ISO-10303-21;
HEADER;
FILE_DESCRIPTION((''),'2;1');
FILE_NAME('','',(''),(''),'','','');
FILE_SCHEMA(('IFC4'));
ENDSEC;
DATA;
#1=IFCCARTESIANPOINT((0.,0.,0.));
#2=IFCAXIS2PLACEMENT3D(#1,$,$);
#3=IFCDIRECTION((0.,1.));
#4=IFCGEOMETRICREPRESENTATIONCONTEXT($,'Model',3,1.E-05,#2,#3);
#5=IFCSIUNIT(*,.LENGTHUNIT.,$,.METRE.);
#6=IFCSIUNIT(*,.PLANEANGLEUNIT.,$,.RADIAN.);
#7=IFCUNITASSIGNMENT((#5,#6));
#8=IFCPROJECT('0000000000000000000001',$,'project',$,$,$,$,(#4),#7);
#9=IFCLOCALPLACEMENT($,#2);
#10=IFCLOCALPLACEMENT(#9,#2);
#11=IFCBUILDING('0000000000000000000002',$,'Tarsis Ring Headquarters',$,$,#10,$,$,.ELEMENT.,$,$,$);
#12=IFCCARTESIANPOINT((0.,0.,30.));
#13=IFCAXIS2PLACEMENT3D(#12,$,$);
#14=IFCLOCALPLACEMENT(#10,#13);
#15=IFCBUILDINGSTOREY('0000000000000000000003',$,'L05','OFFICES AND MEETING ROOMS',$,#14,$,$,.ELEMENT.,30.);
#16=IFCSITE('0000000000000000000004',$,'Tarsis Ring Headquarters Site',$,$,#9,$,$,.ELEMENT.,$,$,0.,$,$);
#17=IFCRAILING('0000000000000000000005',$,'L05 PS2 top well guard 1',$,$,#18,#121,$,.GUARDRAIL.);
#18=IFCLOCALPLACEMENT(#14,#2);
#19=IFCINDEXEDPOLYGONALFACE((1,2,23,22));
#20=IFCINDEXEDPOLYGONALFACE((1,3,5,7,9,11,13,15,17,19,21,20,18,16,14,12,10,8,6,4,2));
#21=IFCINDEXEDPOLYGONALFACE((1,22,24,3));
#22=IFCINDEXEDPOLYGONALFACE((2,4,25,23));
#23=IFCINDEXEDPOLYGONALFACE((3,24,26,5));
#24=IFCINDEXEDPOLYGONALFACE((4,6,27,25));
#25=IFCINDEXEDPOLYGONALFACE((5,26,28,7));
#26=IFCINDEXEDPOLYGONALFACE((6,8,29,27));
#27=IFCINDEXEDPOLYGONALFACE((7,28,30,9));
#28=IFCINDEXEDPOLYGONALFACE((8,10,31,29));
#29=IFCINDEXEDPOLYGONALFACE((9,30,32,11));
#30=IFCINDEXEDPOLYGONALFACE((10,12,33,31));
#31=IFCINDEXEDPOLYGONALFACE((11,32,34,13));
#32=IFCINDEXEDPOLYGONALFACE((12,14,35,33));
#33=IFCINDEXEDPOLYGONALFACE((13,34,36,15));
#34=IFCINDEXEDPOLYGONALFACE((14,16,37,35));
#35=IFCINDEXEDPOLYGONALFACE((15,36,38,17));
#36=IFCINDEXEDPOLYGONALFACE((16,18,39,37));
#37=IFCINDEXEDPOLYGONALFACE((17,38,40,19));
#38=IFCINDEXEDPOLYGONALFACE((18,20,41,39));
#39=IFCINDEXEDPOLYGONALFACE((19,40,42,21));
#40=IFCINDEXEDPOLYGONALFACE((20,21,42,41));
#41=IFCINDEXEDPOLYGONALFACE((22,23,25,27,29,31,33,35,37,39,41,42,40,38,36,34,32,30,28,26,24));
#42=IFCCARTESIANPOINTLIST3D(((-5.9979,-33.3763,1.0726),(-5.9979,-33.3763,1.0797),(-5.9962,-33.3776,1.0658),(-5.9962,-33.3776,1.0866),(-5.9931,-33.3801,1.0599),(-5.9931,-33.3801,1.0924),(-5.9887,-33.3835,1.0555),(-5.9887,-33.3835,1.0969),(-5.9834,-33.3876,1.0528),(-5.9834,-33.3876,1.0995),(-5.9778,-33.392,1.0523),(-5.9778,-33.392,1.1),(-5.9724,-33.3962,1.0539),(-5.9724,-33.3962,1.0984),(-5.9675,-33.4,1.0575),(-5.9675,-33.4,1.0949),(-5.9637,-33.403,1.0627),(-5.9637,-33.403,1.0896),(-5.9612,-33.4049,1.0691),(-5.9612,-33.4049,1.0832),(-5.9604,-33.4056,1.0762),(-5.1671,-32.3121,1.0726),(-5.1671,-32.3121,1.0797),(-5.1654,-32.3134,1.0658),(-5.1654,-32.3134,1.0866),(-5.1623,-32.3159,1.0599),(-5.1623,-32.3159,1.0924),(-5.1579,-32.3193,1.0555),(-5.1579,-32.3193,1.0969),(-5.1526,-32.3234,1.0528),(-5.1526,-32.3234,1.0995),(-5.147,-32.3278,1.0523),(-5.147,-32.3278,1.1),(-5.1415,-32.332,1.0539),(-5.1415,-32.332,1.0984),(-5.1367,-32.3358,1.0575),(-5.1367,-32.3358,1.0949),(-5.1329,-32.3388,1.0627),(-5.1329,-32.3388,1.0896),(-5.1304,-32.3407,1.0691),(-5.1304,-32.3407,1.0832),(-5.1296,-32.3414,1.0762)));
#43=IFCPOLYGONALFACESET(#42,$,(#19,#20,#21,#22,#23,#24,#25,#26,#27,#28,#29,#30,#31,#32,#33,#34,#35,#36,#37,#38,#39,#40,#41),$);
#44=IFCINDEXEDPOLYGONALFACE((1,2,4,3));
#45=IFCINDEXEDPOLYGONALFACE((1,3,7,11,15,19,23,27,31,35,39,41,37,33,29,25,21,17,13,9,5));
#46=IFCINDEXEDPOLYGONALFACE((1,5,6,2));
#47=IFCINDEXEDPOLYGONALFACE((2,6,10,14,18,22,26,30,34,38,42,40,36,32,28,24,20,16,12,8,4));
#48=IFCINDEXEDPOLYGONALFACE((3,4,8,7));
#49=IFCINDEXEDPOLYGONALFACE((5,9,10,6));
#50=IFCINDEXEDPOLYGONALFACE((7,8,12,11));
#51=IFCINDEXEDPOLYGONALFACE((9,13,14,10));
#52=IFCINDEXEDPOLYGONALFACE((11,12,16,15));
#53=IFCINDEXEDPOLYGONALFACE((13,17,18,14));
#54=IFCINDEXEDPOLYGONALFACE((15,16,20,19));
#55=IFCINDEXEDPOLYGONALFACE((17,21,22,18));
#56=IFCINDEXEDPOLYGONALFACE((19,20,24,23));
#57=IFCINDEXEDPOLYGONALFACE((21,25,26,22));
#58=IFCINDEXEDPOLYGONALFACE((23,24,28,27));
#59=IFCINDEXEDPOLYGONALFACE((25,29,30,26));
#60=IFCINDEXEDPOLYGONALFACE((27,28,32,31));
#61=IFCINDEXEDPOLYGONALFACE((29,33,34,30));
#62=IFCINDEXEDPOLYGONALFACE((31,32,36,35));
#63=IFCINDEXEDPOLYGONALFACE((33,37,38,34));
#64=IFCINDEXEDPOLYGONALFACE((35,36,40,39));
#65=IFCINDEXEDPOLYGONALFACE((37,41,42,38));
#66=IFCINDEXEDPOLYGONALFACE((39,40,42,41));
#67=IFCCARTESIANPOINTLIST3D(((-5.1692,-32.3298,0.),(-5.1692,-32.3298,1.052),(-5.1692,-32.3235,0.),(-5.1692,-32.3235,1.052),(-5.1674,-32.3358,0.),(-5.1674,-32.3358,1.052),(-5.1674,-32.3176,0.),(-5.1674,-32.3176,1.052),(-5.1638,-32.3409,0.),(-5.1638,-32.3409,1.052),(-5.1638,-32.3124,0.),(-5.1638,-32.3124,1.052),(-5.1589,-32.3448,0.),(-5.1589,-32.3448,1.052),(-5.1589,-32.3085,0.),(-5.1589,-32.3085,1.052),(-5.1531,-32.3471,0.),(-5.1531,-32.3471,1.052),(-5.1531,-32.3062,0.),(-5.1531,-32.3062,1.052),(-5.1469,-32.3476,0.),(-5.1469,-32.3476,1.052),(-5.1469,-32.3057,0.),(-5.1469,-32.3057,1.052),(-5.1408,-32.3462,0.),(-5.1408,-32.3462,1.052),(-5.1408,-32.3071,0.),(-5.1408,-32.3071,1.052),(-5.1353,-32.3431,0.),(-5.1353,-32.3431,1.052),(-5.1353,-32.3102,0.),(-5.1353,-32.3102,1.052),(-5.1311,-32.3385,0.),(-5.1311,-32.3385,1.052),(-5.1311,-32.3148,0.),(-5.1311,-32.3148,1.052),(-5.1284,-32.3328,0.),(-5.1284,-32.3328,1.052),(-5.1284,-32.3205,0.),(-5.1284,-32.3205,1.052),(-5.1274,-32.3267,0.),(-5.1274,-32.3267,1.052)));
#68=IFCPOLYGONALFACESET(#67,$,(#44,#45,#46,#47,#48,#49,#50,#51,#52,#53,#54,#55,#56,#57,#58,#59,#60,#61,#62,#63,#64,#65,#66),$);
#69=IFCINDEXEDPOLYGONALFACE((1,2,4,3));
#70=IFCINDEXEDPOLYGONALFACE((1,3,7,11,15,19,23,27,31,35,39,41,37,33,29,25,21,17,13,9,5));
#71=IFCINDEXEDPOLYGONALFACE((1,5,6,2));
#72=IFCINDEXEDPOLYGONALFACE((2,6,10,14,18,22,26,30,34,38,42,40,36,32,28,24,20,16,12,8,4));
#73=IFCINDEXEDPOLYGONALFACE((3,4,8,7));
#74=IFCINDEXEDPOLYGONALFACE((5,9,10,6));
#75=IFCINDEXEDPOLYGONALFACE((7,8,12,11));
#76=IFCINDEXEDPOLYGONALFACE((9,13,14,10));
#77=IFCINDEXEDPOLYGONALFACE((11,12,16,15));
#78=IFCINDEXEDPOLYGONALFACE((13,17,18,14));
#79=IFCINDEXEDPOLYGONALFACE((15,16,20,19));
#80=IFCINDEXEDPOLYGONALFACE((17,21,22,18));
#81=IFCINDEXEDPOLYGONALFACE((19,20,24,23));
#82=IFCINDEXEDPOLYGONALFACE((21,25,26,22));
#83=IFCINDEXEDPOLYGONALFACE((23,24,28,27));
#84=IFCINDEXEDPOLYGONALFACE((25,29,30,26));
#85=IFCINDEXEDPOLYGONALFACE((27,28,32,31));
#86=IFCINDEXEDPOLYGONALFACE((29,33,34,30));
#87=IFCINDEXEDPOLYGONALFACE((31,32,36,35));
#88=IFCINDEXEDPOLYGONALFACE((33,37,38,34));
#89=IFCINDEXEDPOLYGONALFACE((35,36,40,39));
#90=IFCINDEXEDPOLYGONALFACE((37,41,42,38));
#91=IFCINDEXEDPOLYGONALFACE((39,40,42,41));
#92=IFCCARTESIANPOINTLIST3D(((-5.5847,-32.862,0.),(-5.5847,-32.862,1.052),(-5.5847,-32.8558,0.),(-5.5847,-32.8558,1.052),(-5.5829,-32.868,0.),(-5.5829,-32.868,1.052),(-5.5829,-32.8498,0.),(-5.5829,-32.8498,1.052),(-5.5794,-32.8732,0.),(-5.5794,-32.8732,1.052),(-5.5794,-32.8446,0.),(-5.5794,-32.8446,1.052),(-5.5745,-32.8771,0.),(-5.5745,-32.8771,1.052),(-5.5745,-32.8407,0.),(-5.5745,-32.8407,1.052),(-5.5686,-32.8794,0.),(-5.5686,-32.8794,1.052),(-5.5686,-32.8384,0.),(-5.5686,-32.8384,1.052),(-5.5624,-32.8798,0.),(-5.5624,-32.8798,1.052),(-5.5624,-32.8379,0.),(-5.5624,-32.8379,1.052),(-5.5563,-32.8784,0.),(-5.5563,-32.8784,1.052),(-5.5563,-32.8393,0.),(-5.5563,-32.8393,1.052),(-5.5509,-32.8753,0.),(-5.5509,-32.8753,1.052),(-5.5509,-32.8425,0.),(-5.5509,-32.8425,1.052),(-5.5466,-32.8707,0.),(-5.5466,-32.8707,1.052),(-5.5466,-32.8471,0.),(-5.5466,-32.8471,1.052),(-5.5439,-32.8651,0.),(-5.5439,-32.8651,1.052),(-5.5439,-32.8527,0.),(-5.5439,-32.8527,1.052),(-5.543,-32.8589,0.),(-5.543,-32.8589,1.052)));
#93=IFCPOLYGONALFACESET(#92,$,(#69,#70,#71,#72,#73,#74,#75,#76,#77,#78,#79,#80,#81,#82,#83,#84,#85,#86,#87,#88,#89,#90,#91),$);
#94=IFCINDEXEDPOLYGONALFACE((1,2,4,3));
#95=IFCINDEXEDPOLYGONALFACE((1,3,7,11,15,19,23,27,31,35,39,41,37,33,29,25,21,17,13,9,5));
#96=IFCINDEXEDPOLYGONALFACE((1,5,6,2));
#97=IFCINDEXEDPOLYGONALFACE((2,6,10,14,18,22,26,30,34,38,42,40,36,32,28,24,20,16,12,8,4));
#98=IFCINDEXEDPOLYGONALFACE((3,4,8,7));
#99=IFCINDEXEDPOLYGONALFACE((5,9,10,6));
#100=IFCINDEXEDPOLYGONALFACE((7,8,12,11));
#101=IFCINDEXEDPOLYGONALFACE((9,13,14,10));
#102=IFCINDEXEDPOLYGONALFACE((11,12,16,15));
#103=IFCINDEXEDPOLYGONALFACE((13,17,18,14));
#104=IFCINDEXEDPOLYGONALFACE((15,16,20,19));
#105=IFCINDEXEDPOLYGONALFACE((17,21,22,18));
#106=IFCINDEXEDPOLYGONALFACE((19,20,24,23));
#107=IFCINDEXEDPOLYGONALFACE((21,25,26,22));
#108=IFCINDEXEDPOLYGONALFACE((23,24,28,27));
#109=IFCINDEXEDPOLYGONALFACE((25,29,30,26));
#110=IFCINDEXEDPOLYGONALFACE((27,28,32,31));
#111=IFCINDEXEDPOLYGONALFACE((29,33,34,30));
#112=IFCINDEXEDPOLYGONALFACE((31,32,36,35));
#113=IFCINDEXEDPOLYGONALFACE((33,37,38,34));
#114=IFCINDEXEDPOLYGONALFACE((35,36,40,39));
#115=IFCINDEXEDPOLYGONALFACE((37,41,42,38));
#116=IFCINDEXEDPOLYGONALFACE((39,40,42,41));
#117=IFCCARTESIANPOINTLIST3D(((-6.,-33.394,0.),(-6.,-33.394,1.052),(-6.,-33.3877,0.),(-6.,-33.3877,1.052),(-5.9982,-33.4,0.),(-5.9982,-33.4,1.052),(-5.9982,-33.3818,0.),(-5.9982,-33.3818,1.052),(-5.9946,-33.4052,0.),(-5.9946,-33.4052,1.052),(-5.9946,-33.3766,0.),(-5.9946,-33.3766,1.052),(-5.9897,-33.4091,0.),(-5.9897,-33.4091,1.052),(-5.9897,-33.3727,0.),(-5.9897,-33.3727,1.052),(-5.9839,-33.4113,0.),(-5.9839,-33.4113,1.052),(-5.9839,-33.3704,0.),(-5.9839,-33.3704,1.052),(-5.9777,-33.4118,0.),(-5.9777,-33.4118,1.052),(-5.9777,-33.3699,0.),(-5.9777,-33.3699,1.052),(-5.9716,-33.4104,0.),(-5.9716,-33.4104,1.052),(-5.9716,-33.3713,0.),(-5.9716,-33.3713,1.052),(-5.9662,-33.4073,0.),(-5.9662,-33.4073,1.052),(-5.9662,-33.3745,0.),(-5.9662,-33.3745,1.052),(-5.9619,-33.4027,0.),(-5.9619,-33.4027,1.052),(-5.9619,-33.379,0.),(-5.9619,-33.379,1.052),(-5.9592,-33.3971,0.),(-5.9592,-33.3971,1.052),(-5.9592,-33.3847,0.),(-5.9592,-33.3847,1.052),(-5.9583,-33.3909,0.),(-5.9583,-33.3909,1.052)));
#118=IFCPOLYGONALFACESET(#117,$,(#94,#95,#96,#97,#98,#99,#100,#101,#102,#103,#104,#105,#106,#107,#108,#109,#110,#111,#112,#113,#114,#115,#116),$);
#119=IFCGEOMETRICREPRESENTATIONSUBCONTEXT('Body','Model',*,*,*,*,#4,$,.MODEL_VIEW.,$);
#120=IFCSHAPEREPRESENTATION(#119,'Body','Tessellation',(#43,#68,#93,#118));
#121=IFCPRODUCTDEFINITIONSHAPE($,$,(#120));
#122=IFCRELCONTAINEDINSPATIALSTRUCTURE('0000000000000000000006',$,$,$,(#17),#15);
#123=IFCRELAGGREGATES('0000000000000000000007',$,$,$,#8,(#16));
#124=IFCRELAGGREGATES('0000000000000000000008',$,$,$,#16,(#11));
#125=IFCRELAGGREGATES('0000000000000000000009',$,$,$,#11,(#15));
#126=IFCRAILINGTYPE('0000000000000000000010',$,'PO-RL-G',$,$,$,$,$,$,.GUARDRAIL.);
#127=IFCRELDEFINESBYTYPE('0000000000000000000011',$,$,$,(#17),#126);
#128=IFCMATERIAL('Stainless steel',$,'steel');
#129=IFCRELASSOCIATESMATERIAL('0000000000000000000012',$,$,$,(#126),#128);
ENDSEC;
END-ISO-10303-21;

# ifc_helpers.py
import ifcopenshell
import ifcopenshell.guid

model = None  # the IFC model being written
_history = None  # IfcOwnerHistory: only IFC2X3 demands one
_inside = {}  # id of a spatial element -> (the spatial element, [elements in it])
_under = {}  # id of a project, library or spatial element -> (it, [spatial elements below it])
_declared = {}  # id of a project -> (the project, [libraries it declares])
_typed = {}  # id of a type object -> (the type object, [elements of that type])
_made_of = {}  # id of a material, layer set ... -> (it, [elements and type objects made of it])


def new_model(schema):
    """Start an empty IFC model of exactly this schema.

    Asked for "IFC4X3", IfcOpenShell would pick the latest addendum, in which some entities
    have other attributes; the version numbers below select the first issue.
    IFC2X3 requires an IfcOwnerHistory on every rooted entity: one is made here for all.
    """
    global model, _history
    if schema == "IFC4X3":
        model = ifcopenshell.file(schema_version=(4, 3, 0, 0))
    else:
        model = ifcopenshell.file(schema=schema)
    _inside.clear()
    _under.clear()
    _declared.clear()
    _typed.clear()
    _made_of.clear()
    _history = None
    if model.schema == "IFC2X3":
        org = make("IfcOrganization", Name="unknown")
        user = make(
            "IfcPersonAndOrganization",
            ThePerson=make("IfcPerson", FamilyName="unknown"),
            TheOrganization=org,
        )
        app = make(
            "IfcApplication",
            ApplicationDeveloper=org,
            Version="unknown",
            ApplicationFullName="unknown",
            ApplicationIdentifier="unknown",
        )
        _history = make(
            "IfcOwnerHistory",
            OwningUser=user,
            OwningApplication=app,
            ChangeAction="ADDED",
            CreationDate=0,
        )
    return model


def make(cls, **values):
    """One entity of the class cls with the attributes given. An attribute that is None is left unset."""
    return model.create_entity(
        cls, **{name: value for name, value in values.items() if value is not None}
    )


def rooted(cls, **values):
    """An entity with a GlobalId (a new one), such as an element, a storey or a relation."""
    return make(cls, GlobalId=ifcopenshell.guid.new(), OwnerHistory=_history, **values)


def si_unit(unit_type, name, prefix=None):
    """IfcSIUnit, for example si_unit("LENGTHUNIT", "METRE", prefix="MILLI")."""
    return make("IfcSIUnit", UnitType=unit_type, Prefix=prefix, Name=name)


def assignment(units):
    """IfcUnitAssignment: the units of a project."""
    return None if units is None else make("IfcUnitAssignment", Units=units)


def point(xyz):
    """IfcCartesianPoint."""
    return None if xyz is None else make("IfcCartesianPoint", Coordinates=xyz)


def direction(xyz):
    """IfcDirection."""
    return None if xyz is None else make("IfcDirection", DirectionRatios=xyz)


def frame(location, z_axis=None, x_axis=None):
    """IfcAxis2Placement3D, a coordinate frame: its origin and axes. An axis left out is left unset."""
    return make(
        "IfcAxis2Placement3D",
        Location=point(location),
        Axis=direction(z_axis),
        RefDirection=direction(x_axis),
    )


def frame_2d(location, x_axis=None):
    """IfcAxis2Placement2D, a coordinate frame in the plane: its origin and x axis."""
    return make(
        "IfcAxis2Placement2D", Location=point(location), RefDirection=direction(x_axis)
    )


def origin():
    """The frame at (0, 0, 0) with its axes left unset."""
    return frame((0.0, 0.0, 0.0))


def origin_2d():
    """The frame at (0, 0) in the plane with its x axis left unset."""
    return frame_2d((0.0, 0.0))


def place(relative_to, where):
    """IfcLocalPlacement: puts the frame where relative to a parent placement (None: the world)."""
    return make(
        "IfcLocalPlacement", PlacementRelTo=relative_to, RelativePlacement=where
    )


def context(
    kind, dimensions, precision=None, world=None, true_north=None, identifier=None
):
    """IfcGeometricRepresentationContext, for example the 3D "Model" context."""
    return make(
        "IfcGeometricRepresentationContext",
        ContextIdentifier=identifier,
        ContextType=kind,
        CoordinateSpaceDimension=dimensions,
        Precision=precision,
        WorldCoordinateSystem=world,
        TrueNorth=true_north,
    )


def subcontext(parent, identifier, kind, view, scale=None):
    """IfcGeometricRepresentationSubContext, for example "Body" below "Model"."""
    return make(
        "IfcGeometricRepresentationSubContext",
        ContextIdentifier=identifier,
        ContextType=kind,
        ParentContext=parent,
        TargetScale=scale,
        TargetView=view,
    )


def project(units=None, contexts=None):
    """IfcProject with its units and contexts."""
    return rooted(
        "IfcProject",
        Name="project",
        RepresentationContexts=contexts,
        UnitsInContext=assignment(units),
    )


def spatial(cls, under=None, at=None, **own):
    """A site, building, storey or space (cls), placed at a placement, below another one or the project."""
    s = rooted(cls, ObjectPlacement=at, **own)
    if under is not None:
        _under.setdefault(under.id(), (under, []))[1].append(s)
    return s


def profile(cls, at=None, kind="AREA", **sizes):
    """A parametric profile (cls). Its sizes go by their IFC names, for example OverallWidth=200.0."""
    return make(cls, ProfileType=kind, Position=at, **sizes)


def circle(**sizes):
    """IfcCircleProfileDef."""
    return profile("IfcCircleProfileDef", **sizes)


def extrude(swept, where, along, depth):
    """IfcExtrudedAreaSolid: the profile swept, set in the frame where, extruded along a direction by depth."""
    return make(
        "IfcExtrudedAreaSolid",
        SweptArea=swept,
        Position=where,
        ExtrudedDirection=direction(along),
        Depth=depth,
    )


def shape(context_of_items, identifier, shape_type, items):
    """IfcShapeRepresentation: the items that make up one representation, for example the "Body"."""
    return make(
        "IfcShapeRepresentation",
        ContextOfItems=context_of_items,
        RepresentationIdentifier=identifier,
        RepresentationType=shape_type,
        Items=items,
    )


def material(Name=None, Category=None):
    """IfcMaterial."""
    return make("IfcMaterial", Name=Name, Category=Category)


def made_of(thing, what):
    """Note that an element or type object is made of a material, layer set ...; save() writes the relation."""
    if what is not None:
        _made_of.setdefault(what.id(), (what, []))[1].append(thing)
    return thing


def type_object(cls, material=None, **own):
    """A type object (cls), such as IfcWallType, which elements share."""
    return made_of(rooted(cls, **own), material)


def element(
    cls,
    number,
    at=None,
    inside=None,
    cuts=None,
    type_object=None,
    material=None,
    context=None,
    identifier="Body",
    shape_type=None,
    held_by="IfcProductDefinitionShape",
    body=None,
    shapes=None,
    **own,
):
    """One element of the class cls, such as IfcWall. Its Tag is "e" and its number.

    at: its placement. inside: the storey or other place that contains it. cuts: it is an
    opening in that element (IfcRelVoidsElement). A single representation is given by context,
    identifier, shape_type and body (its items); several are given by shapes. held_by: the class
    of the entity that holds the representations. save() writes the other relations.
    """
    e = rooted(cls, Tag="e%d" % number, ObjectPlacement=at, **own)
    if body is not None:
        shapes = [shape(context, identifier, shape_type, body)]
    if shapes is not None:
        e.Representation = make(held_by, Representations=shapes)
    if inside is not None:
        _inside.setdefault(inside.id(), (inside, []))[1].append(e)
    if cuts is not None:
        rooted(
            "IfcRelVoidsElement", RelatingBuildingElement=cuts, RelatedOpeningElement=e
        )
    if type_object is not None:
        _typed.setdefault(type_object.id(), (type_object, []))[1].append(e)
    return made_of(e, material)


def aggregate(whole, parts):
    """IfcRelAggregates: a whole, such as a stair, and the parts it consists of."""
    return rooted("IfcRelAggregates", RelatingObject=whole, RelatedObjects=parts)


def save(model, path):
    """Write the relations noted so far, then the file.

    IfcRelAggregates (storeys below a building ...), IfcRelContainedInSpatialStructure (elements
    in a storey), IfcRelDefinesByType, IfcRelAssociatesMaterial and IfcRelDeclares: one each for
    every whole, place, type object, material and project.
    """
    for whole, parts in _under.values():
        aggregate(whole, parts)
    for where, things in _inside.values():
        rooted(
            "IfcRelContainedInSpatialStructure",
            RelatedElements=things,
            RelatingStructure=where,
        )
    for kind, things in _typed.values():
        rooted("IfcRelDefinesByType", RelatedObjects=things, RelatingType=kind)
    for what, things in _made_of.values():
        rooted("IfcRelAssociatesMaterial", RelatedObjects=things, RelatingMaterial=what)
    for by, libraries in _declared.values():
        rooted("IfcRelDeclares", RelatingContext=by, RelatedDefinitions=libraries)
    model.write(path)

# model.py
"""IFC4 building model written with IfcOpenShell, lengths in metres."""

from ifc_helpers import new_model, si_unit, direction, frame, origin, origin_2d, place, context, subcontext, project, spatial, circle, extrude, material, type_object, element, save


model = new_model("IFC4")

# Units and contexts
model_context = context("Model", 3, precision=1e-05, world=origin(), true_north=direction((0.0, 1.0)))
body_context = subcontext(model_context, "Body", "Model", "MODEL_VIEW")
ifc_project = project(units=[si_unit("LENGTHUNIT", "METRE"), si_unit("PLANEANGLEUNIT", "RADIAN")], contexts=[model_context])

# Site, building, storey
site_placement = place(None, origin())
site = spatial("IfcSite", under=ifc_project, at=site_placement, Name="Tarsis Ring Headquarters Site", CompositionType="ELEMENT", RefElevation=0.0)
building_placement = place(site_placement, origin())
building = spatial("IfcBuilding", under=site, at=building_placement, Name="Tarsis Ring Headquarters", CompositionType="ELEMENT")
storey_placement = place(building_placement, frame((0.0, 0.0, 30.0)))
storey = spatial("IfcBuildingStorey", under=building, at=storey_placement, Name="L05", Description="OFFICES AND MEETING ROOMS", CompositionType="ELEMENT", Elevation=30.0)

# Railing
ifc_material_1 = material(Name="Stainless steel", Category="steel")
railing_type = type_object("IfcRailingType", Name="PO-RL-G", PredefinedType="GUARDRAIL", material=ifc_material_1)
railing_placement = place(storey_placement, frame((-5.1484, -32.3267, 0.0)))
element("IfcRailing", 1, at=railing_placement, inside=storey, type_object=railing_type, Name="L05 PS2 top well guard 1", PredefinedType="GUARDRAIL", context=body_context, shape_type="SweptSolid", body=[
    extrude(circle(Radius=0.0239, at=origin_2d()), frame((0.0, 0.0, 1.0762), z_axis=(-0.615367, -0.788241, 0.0), x_axis=(0.788241, -0.615367, 0.0)), (0.0, 0.0, 1.0), 1.3501),
    extrude(circle(Radius=0.021, at=origin_2d()), origin(), (0.0, 0.0, 1.0), 1.052),
    extrude(circle(Radius=0.021, at=origin_2d()), frame((-0.4155, -0.5322, 0.0)), (0.0, 0.0, 1.0), 1.052),
    extrude(circle(Radius=0.021, at=origin_2d()), frame((-0.8308, -1.0642, 0.0)), (0.0, 0.0, 1.0), 1.052),
])

save(model, "model.ifc")
